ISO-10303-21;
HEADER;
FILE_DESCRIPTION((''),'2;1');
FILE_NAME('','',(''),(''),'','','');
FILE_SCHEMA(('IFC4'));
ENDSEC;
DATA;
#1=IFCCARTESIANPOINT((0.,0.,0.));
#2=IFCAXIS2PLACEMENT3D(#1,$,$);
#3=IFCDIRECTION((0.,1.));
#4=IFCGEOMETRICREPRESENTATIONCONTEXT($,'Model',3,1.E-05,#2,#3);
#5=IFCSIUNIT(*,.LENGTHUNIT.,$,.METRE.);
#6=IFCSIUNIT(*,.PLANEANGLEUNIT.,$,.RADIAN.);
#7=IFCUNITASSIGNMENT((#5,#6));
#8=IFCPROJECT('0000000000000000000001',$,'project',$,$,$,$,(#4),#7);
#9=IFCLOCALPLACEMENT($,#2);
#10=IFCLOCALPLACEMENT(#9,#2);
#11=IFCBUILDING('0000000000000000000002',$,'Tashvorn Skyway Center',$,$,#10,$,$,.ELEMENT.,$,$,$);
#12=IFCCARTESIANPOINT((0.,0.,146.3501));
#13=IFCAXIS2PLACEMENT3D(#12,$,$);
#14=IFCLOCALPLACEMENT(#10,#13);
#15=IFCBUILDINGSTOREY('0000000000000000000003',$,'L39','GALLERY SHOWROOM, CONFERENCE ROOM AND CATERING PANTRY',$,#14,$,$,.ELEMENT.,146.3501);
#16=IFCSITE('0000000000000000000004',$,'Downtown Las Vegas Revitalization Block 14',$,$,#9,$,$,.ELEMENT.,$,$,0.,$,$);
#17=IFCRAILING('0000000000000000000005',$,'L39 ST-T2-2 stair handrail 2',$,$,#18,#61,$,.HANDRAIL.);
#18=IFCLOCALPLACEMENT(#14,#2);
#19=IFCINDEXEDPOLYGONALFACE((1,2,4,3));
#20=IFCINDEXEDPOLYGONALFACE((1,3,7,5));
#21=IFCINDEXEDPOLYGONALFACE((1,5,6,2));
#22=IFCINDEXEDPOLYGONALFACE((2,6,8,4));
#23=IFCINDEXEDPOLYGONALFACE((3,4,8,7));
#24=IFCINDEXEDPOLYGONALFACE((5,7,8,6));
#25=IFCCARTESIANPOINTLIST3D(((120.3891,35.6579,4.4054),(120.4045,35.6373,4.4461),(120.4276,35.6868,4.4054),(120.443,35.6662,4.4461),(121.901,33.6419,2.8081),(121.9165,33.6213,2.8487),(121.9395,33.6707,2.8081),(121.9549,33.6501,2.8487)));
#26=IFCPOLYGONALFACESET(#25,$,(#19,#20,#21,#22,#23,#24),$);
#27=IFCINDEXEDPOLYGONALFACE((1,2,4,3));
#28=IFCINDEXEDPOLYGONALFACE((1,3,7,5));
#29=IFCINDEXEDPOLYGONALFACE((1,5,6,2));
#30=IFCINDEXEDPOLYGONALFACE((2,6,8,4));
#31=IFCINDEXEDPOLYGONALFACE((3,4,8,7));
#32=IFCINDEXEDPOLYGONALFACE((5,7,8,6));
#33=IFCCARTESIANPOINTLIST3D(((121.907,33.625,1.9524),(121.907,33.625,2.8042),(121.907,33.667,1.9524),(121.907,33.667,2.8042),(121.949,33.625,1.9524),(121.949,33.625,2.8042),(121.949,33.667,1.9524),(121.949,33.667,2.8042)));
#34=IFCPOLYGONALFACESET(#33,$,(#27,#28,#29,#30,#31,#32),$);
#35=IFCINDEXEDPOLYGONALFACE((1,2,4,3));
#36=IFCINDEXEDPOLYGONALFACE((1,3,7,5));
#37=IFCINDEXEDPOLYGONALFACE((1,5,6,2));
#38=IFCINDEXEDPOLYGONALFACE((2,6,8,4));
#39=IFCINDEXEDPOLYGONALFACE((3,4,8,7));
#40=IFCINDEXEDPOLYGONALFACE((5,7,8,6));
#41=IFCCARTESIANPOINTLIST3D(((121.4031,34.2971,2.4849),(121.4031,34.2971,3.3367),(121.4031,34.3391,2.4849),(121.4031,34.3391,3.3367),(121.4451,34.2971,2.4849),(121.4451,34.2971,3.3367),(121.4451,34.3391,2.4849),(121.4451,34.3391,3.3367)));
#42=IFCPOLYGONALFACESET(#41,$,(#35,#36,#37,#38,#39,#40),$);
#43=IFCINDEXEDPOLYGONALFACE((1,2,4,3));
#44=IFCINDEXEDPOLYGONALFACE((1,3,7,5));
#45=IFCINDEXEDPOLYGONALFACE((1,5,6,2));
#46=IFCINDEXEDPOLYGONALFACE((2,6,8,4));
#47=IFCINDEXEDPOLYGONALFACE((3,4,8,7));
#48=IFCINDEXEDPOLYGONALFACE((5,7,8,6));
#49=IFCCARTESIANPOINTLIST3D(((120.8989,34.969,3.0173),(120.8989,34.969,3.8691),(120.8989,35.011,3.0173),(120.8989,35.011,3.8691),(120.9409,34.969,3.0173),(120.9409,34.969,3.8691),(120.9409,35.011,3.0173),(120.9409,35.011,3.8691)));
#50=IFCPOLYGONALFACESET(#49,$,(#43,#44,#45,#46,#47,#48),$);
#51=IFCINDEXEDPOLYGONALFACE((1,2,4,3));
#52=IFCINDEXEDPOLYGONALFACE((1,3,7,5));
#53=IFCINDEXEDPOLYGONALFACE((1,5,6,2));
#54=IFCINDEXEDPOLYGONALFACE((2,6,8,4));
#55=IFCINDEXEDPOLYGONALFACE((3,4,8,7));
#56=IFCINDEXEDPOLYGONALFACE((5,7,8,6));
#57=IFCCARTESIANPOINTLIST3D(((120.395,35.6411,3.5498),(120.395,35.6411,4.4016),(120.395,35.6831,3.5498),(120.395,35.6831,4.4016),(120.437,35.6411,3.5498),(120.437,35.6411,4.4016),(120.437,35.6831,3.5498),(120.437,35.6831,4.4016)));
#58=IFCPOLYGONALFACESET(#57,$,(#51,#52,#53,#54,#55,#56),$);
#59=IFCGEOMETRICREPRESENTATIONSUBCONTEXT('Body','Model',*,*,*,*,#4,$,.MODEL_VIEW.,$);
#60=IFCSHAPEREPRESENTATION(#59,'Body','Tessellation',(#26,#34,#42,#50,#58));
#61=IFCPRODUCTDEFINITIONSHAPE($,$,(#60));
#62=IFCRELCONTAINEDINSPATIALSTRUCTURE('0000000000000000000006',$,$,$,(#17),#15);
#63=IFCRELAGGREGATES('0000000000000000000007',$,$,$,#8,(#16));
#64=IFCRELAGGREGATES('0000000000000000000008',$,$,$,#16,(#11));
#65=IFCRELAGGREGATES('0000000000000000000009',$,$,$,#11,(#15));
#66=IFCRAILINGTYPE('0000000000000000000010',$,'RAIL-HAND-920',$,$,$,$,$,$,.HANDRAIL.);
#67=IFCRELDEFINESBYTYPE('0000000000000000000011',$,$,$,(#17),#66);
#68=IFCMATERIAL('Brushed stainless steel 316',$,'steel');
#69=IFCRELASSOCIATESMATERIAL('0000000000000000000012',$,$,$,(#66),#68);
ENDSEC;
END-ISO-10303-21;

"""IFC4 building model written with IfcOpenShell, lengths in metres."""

from ifc_helpers import new_model, si_unit, direction, frame, origin, origin_2d, place, context, subcontext, project, spatial, rectangle, extrude, material, type_object, element, save


model = new_model("IFC4")

# Units and contexts
model_context = context("Model", 3, precision=1e-05, world=origin(), true_north=direction((0.0, 1.0)))
body_context = subcontext(model_context, "Body", "Model", "MODEL_VIEW")
ifc_project = project(units=[si_unit("LENGTHUNIT", "METRE"), si_unit("PLANEANGLEUNIT", "RADIAN")], contexts=[model_context])

# Site, building, storey
site_placement = place(None, origin())
site = spatial("IfcSite", under=ifc_project, at=site_placement, Name="Downtown Las Vegas Revitalization Block 14", CompositionType="ELEMENT", RefElevation=0.0)
building_placement = place(site_placement, origin())
building = spatial("IfcBuilding", under=site, at=building_placement, Name="Tashvorn Skyway Center", CompositionType="ELEMENT")
storey_placement = place(building_placement, frame((0.0, 0.0, 146.3501)))
storey = spatial("IfcBuildingStorey", under=building, at=storey_placement, Name="L39", Description="GALLERY SHOWROOM, CONFERENCE ROOM AND CATERING PANTRY", CompositionType="ELEMENT", Elevation=146.3501)

# Railing
ifc_material_1 = material(Name="Brushed stainless steel 316", Category="steel")
railing_type = type_object("IfcRailingType", Name="RAIL-HAND-920", PredefinedType="HANDRAIL", material=ifc_material_1)
railing_placement = place(storey_placement, frame((121.928, 33.646, 1.9524)))
element("IfcRailing", 1, at=railing_placement, inside=storey, type_object=railing_type, Name="L39 ST-T2-2 stair handrail 2", PredefinedType="HANDRAIL", context=body_context, shape_type="SweptSolid", body=[
    extrude(rectangle(XDim=0.0481, YDim=0.0481, at=origin_2d()), frame((0.0, 0.0, 0.876), z_axis=(-0.506741, 0.675709, 0.535379), x_axis=(-0.800023, -0.599969, 0.0)), (0.0, 0.0, 1.0), 2.9836),
    extrude(rectangle(XDim=0.042, YDim=0.042, at=origin_2d()), origin(), (0.0, 0.0, 1.0), 0.8518),
    extrude(rectangle(XDim=0.042, YDim=0.042, at=origin_2d()), frame((-0.5039, 0.6721, 0.5325)), (0.0, 0.0, 1.0), 0.8518),
    extrude(rectangle(XDim=0.042, YDim=0.042, at=origin_2d()), frame((-1.0081, 1.344, 1.0649)), (0.0, 0.0, 1.0), 0.8518),
    extrude(rectangle(XDim=0.042, YDim=0.042, at=origin_2d()), frame((-1.512, 2.0161, 1.5974)), (0.0, 0.0, 1.0), 0.8518),
])

save(model, "model.ifc")
